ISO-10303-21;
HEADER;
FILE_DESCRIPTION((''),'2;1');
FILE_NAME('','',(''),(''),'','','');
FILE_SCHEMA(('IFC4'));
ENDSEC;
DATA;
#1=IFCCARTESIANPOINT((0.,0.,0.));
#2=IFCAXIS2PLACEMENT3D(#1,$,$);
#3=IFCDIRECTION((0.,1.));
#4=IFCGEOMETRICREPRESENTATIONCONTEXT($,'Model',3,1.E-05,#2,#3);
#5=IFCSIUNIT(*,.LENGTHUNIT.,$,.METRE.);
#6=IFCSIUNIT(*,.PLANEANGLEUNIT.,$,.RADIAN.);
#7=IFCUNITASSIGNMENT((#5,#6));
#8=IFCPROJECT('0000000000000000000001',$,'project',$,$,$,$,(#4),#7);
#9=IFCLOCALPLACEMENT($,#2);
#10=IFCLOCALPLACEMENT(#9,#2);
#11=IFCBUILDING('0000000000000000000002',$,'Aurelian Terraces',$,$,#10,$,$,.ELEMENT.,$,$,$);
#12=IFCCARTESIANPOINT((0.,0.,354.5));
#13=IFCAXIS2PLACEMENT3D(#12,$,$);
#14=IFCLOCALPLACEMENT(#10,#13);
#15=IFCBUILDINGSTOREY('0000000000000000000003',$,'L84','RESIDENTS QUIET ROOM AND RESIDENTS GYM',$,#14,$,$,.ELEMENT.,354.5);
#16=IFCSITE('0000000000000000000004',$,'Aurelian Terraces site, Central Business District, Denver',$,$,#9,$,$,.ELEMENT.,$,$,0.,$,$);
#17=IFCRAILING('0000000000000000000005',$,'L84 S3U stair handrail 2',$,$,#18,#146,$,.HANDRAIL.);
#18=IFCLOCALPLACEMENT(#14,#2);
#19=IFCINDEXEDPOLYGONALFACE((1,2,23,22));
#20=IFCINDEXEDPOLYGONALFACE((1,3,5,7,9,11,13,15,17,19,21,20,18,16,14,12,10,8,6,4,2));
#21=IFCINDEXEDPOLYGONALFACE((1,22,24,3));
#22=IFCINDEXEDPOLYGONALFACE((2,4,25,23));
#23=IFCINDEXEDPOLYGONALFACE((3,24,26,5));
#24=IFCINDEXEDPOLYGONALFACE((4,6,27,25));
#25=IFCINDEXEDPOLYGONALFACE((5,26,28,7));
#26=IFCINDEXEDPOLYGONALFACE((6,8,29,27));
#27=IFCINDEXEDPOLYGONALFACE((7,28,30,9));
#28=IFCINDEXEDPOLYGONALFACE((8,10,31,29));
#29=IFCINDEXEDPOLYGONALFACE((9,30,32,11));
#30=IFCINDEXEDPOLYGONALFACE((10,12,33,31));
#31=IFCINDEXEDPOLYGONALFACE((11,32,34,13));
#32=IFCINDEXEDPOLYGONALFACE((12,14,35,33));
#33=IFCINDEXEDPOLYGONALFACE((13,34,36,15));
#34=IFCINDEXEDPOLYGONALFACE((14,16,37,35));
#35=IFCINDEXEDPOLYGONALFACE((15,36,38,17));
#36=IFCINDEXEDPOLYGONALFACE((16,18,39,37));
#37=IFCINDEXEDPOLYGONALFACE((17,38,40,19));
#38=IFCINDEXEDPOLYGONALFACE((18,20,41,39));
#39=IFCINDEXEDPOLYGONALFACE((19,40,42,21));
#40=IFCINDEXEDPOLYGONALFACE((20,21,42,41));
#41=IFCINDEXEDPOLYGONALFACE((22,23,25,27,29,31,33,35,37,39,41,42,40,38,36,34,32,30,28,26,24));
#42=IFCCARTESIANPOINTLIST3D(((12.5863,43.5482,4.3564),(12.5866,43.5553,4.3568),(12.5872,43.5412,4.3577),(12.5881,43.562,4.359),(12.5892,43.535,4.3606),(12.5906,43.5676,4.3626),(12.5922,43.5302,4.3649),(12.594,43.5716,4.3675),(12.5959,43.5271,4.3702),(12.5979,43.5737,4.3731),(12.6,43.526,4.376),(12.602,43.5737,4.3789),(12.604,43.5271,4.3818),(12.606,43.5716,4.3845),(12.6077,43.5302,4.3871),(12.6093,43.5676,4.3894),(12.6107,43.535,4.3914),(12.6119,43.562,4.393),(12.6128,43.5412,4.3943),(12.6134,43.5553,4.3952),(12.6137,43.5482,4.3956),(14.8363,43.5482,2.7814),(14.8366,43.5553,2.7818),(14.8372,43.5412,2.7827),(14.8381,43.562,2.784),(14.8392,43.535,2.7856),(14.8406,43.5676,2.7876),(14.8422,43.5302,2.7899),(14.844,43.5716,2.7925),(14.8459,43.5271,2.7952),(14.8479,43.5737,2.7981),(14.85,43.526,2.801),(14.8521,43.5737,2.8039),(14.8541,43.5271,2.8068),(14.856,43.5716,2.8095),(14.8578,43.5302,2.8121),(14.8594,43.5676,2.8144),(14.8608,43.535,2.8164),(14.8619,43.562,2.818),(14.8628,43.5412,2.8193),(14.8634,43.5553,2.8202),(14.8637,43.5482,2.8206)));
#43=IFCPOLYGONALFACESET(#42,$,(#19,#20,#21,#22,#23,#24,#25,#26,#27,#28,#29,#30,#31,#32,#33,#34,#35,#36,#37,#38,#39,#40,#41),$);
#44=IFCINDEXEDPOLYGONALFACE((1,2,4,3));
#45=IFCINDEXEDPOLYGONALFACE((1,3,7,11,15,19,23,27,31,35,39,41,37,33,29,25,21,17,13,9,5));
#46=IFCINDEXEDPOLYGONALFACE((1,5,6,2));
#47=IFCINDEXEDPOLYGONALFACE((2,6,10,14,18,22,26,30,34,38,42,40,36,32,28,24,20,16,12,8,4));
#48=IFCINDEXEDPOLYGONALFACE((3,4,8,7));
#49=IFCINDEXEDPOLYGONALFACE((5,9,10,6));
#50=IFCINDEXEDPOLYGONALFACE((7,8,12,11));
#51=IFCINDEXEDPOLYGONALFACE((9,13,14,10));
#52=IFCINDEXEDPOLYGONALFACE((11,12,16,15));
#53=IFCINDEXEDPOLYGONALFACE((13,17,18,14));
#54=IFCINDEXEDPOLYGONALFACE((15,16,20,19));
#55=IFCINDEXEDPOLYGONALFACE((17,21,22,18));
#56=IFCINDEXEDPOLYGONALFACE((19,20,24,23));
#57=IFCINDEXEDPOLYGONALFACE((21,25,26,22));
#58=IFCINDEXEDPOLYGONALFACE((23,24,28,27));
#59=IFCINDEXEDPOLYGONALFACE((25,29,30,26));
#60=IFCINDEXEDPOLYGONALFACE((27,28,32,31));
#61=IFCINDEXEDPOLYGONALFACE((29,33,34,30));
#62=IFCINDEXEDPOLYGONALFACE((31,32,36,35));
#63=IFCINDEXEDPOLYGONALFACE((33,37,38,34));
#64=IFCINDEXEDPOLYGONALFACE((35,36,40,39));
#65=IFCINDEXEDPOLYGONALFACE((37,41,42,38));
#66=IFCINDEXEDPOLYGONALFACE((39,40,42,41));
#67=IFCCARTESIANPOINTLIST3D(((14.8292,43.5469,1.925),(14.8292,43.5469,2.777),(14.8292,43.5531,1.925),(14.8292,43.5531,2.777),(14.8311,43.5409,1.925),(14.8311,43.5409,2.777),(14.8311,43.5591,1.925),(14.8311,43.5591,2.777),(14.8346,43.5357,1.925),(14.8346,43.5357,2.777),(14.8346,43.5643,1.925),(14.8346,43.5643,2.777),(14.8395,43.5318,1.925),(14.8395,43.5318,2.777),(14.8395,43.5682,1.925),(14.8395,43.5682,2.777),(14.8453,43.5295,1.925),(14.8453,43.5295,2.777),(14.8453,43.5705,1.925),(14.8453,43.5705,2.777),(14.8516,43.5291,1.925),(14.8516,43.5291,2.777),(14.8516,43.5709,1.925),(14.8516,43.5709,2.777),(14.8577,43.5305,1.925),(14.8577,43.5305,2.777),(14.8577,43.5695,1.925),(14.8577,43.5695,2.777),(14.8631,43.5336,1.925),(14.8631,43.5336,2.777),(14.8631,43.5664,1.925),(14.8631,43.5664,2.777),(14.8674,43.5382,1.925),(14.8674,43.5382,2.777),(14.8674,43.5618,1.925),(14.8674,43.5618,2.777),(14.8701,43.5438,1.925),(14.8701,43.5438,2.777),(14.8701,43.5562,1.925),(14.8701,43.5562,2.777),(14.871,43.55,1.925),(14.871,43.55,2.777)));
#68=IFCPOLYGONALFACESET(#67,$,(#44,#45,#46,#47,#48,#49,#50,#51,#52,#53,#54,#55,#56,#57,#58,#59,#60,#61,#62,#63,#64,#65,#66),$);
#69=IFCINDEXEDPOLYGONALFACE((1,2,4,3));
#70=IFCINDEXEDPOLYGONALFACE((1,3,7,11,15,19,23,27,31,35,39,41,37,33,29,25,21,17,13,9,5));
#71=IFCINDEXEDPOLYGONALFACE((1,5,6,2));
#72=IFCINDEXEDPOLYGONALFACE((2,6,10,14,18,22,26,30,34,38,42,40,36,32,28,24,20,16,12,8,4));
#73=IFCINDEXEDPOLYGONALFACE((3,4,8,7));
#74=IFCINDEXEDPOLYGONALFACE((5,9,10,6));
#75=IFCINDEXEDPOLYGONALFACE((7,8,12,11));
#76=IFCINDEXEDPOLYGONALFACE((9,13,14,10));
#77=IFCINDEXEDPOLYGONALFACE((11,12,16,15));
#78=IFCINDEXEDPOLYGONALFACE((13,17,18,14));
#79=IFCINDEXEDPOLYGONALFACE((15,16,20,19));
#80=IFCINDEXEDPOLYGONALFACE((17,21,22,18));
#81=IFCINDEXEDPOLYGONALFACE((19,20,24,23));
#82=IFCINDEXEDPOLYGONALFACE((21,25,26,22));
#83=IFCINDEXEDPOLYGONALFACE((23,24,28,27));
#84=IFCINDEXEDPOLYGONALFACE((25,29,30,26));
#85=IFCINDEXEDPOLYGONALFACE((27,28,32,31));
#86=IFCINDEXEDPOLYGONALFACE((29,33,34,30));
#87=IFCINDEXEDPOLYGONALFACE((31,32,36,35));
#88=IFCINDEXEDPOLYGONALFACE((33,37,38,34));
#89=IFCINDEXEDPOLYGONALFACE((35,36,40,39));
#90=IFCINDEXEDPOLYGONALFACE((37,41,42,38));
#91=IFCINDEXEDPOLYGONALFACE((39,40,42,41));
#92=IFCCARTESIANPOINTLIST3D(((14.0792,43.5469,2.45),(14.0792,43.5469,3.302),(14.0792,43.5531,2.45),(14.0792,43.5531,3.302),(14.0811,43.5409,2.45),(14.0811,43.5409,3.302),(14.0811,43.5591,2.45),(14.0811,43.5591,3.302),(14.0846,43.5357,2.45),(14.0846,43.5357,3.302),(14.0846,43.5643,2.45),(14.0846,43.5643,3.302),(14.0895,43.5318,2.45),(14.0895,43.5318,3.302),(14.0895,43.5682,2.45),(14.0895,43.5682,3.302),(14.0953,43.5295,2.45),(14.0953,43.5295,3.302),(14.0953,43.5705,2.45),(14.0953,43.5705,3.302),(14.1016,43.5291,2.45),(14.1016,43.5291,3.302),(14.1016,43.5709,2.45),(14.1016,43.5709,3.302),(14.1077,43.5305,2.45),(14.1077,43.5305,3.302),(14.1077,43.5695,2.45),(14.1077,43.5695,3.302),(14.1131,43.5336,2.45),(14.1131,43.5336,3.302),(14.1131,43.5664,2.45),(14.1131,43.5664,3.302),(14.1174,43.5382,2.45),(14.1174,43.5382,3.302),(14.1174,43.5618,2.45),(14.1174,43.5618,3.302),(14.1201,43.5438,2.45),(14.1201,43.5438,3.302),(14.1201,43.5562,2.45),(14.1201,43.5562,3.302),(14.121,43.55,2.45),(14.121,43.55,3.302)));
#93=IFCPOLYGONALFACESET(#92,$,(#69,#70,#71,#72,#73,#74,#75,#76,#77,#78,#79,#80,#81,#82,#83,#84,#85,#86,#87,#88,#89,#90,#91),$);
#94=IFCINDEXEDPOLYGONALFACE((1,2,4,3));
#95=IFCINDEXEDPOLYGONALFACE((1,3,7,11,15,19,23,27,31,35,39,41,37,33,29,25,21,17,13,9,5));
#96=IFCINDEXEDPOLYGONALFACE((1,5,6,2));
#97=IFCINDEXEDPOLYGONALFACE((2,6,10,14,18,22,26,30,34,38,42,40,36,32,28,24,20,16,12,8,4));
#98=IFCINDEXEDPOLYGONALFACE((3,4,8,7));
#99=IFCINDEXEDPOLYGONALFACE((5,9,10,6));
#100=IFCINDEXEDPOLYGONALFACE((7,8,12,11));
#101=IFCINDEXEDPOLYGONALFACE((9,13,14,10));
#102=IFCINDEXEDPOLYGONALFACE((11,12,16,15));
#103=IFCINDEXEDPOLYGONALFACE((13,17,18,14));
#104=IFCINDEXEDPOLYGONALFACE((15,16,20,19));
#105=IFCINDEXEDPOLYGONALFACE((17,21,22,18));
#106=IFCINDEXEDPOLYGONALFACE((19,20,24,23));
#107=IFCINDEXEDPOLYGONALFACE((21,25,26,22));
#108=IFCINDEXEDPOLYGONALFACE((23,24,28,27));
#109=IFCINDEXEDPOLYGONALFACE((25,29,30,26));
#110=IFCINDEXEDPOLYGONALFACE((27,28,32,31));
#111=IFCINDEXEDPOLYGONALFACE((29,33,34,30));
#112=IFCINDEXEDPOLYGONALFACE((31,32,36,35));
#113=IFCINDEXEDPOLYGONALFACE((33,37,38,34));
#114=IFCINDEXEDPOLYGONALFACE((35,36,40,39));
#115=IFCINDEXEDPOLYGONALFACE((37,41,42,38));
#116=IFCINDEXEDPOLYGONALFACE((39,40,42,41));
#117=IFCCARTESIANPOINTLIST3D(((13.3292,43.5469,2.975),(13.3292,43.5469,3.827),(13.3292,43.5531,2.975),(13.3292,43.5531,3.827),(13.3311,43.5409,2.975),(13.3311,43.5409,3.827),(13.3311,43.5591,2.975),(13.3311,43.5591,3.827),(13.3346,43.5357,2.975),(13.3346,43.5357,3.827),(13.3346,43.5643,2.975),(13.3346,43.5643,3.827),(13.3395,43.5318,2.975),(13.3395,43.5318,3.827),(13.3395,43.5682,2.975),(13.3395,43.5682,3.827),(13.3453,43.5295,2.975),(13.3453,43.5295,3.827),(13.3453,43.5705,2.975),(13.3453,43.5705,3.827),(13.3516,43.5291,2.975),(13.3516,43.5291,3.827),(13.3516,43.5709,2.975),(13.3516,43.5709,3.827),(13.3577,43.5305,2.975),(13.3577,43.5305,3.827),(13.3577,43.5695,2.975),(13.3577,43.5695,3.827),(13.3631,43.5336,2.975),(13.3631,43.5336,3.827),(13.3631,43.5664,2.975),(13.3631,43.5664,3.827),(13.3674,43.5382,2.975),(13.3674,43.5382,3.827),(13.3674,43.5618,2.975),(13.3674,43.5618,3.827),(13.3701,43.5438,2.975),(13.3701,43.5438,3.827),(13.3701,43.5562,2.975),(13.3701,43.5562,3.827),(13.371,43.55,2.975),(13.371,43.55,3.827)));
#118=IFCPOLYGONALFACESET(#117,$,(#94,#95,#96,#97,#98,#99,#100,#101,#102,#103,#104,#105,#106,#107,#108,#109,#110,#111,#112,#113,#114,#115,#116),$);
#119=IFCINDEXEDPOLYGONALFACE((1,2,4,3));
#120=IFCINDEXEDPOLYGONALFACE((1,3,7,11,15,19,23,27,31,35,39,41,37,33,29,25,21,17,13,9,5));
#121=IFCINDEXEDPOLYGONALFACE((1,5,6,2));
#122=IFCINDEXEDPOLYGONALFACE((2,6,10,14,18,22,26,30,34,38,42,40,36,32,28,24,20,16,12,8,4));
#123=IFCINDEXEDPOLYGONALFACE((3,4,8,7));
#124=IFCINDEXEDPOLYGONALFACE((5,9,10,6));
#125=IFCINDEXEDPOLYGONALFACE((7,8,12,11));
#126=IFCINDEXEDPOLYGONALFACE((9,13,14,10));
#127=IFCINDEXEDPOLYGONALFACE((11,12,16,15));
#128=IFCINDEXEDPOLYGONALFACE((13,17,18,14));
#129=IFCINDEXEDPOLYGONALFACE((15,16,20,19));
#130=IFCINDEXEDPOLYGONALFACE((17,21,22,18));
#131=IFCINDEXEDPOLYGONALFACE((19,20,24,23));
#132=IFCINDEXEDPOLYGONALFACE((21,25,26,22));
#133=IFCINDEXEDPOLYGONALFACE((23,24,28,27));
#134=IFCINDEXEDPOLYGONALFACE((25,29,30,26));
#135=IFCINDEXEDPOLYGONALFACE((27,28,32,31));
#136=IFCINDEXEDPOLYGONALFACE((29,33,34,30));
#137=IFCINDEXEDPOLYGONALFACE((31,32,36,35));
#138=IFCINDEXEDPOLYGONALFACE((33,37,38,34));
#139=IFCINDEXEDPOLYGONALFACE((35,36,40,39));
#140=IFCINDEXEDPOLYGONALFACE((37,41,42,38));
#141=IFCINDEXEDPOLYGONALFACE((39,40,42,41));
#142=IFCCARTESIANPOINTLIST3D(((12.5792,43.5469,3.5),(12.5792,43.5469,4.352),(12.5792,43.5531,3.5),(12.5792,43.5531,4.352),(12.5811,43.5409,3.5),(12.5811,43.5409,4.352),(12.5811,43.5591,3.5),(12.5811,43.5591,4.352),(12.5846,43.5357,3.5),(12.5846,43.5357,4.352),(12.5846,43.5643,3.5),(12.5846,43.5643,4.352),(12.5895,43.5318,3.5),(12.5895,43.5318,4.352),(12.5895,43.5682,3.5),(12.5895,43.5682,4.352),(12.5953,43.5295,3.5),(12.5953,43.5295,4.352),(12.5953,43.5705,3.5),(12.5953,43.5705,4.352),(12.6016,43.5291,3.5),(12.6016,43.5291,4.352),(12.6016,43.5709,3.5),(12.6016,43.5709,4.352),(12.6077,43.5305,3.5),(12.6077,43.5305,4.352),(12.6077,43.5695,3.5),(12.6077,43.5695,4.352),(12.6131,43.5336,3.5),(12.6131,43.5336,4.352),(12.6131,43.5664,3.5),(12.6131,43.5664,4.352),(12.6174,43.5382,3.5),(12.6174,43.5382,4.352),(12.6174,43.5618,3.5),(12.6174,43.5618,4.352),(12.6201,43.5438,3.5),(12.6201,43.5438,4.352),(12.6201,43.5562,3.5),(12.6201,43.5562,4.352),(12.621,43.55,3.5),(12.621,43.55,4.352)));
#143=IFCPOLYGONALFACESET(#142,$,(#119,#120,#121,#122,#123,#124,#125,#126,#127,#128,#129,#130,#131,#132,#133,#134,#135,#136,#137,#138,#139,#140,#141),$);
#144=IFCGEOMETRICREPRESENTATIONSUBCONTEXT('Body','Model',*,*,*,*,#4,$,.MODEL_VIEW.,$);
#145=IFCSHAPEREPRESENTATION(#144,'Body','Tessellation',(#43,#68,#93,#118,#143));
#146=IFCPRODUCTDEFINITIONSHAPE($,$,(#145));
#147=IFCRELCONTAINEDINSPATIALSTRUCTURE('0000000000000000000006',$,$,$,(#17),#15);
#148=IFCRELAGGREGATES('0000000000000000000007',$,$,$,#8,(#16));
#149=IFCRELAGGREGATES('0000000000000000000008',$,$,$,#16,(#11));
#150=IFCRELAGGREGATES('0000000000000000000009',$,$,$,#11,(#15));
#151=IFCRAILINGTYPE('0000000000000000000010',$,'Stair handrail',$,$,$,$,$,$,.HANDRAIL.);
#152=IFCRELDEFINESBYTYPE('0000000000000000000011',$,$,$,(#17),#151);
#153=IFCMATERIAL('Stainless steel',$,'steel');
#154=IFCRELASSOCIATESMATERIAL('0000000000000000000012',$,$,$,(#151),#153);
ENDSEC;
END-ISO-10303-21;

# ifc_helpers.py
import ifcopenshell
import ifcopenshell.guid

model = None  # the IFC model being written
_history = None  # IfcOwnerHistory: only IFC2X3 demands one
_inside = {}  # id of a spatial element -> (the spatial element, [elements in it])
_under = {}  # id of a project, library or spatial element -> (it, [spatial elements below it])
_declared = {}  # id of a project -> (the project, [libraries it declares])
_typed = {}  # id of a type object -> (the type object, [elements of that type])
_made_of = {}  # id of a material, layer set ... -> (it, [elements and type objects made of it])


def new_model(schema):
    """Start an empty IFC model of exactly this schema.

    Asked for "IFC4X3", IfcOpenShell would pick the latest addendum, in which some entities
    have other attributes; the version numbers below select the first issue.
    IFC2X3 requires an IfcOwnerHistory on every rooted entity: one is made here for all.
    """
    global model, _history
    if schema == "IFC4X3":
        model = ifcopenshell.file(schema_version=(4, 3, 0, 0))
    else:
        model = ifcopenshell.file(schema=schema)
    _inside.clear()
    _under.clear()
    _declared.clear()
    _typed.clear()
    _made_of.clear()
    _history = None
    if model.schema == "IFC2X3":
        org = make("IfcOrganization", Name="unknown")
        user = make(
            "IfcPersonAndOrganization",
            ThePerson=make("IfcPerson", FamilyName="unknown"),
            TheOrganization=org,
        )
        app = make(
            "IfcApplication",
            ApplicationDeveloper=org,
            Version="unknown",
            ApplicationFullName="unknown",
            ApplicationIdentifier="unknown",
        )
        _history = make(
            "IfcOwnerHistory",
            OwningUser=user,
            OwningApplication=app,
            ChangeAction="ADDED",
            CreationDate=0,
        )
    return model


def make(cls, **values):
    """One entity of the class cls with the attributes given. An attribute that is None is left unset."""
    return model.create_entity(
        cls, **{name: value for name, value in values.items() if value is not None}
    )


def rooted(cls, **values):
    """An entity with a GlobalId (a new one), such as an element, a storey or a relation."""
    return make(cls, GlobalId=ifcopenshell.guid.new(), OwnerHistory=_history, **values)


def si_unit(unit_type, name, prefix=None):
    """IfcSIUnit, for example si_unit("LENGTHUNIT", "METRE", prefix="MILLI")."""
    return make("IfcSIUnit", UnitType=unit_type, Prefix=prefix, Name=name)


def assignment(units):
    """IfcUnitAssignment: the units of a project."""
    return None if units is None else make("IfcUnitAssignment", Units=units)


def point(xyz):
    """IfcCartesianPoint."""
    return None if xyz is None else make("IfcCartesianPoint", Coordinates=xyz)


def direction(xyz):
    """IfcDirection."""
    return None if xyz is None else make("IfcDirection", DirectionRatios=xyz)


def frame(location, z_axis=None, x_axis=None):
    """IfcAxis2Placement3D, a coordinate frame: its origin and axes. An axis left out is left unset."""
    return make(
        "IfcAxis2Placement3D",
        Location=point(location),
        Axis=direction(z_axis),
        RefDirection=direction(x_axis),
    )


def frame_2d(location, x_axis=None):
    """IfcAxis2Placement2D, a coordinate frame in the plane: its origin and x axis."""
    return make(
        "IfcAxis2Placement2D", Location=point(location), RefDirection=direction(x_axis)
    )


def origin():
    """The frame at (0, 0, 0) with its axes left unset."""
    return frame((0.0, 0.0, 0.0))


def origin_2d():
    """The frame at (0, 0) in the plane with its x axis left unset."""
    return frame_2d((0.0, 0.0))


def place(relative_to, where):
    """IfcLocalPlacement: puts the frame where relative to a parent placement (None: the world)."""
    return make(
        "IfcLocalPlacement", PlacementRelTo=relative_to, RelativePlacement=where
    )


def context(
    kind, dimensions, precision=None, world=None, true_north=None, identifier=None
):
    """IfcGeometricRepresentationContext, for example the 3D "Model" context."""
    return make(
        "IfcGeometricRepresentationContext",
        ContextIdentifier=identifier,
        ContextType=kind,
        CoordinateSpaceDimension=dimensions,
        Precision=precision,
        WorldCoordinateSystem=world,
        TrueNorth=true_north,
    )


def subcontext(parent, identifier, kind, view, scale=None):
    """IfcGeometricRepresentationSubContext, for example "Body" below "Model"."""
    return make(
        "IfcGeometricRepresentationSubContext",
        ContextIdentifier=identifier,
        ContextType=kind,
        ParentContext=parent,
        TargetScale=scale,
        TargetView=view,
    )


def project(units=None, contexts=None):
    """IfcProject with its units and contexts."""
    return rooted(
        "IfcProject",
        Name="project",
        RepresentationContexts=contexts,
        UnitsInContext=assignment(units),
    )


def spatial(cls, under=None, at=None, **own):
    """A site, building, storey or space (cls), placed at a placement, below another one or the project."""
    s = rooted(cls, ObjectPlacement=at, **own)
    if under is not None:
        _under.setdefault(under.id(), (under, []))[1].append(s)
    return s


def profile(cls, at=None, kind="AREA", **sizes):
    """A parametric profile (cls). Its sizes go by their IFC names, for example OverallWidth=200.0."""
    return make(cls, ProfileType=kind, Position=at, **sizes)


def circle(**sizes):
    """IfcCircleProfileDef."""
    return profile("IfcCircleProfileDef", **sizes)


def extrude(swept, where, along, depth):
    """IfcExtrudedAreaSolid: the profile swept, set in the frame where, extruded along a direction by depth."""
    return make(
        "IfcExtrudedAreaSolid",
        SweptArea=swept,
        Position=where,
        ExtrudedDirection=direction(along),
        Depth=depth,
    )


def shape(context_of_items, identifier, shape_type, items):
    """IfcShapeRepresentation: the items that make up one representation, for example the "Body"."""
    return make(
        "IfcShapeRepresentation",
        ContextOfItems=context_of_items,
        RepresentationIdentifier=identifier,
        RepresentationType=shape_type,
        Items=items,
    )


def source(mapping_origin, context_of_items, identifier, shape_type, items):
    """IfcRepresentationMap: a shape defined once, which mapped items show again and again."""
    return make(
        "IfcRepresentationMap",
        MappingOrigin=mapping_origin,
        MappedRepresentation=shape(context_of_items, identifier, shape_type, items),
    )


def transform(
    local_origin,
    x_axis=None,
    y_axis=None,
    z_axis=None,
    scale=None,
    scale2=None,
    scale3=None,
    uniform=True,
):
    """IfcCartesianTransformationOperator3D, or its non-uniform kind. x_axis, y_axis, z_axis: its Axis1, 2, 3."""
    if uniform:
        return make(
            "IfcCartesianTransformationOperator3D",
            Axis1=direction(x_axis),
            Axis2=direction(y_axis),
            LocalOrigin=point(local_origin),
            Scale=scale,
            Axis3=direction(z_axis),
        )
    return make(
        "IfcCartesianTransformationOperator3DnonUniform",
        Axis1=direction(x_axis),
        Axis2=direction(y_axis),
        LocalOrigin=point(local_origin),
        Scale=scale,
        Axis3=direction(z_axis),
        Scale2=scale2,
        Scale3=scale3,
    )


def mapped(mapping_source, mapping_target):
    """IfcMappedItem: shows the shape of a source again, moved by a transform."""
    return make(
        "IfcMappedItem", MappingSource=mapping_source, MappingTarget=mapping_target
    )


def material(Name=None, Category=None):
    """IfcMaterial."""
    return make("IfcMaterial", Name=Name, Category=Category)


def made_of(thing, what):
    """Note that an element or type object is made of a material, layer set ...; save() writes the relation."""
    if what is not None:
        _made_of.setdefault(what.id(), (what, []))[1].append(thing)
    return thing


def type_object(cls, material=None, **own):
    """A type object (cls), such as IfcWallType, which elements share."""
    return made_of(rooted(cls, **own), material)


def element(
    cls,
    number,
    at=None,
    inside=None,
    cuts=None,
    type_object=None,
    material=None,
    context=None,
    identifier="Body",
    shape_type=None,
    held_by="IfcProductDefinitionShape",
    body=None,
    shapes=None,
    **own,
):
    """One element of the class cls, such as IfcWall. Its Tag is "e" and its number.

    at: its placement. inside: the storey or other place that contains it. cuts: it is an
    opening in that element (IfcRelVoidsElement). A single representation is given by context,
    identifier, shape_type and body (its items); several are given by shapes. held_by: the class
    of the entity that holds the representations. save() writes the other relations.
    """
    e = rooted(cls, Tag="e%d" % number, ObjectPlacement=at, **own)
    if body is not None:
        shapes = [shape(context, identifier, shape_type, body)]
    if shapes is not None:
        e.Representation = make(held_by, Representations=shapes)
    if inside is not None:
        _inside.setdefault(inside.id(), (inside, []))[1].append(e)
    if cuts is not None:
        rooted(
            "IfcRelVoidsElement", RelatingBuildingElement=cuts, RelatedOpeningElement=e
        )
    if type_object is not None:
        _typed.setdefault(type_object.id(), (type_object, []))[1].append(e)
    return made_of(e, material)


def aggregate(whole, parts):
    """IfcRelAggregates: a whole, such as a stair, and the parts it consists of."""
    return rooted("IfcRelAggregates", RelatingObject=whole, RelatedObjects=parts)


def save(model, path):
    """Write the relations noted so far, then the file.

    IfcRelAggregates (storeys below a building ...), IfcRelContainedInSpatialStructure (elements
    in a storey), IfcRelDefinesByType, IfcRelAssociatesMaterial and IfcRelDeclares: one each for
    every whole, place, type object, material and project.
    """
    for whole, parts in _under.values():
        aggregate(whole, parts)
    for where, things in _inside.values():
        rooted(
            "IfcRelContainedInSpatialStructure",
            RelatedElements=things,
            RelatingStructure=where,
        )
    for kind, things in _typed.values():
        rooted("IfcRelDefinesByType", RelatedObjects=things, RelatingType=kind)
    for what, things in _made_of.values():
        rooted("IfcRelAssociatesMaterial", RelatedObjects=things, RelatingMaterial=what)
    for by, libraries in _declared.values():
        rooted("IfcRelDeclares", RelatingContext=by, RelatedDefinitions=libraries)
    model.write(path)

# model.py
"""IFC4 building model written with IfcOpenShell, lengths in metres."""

from ifc_helpers import new_model, si_unit, direction, frame, origin, origin_2d, place, context, subcontext, project, spatial, circle, extrude, source, transform, mapped, material, type_object, element, save


model = new_model("IFC4")

# Units and contexts
model_context = context("Model", 3, precision=1e-05, world=origin(), true_north=direction((0.0, 1.0)))
body_context = subcontext(model_context, "Body", "Model", "MODEL_VIEW")
ifc_project = project(units=[si_unit("LENGTHUNIT", "METRE"), si_unit("PLANEANGLEUNIT", "RADIAN")], contexts=[model_context])

# Site, building, storey
site_placement = place(None, origin())
site = spatial("IfcSite", under=ifc_project, at=site_placement, Name="Aurelian Terraces site, Central Business District, Denver", CompositionType="ELEMENT", RefElevation=0.0)
building_placement = place(site_placement, origin())
building = spatial("IfcBuilding", under=site, at=building_placement, Name="Aurelian Terraces", CompositionType="ELEMENT")
storey_placement = place(building_placement, frame((0.0, 0.0, 354.5)))
storey = spatial("IfcBuildingStorey", under=building, at=storey_placement, Name="L84", Description="RESIDENTS QUIET ROOM AND RESIDENTS GYM", CompositionType="ELEMENT", Elevation=354.5)

# Railing
ifc_material_1 = material(Name="Stainless steel", Category="steel")
railing_type_1 = type_object("IfcRailingType", Name="Stair handrail", PredefinedType="HANDRAIL", material=ifc_material_1)
shared_shape_1 = source(origin(), body_context, "Body", "SweptSolid", [
    extrude(circle(Radius=0.024, at=origin_2d()), frame((0.0, 0.0, 0.876), z_axis=(-0.819232, 0.0, 0.573462), x_axis=(0.0, -1.0, 0.0)), (0.0, 0.0, 1.0), 2.7465),
    extrude(circle(Radius=0.021, at=origin_2d()), origin(), (0.0, 0.0, 1.0), 0.852),
    extrude(circle(Radius=0.021, at=origin_2d()), frame((-0.75, 0.0, 0.525)), (0.0, 0.0, 1.0), 0.852),
    extrude(circle(Radius=0.021, at=origin_2d()), frame((-1.5, 0.0, 1.05)), (0.0, 0.0, 1.0), 0.852),
    extrude(circle(Radius=0.021, at=origin_2d()), frame((-2.25, 0.0, 1.575)), (0.0, 0.0, 1.0), 0.852),
])
railing_1_placement = place(storey_placement, frame((14.85, 43.55, 1.925)))
element("IfcRailing", 1, at=railing_1_placement, inside=storey, type_object=railing_type_1, Name="L84 S3U stair handrail 2", PredefinedType="HANDRAIL", context=body_context, shape_type="MappedRepresentation", body=[
    mapped(shared_shape_1, transform((0.0, 0.0, 0.0), scale=1.0)),
])

save(model, "model.ifc")
